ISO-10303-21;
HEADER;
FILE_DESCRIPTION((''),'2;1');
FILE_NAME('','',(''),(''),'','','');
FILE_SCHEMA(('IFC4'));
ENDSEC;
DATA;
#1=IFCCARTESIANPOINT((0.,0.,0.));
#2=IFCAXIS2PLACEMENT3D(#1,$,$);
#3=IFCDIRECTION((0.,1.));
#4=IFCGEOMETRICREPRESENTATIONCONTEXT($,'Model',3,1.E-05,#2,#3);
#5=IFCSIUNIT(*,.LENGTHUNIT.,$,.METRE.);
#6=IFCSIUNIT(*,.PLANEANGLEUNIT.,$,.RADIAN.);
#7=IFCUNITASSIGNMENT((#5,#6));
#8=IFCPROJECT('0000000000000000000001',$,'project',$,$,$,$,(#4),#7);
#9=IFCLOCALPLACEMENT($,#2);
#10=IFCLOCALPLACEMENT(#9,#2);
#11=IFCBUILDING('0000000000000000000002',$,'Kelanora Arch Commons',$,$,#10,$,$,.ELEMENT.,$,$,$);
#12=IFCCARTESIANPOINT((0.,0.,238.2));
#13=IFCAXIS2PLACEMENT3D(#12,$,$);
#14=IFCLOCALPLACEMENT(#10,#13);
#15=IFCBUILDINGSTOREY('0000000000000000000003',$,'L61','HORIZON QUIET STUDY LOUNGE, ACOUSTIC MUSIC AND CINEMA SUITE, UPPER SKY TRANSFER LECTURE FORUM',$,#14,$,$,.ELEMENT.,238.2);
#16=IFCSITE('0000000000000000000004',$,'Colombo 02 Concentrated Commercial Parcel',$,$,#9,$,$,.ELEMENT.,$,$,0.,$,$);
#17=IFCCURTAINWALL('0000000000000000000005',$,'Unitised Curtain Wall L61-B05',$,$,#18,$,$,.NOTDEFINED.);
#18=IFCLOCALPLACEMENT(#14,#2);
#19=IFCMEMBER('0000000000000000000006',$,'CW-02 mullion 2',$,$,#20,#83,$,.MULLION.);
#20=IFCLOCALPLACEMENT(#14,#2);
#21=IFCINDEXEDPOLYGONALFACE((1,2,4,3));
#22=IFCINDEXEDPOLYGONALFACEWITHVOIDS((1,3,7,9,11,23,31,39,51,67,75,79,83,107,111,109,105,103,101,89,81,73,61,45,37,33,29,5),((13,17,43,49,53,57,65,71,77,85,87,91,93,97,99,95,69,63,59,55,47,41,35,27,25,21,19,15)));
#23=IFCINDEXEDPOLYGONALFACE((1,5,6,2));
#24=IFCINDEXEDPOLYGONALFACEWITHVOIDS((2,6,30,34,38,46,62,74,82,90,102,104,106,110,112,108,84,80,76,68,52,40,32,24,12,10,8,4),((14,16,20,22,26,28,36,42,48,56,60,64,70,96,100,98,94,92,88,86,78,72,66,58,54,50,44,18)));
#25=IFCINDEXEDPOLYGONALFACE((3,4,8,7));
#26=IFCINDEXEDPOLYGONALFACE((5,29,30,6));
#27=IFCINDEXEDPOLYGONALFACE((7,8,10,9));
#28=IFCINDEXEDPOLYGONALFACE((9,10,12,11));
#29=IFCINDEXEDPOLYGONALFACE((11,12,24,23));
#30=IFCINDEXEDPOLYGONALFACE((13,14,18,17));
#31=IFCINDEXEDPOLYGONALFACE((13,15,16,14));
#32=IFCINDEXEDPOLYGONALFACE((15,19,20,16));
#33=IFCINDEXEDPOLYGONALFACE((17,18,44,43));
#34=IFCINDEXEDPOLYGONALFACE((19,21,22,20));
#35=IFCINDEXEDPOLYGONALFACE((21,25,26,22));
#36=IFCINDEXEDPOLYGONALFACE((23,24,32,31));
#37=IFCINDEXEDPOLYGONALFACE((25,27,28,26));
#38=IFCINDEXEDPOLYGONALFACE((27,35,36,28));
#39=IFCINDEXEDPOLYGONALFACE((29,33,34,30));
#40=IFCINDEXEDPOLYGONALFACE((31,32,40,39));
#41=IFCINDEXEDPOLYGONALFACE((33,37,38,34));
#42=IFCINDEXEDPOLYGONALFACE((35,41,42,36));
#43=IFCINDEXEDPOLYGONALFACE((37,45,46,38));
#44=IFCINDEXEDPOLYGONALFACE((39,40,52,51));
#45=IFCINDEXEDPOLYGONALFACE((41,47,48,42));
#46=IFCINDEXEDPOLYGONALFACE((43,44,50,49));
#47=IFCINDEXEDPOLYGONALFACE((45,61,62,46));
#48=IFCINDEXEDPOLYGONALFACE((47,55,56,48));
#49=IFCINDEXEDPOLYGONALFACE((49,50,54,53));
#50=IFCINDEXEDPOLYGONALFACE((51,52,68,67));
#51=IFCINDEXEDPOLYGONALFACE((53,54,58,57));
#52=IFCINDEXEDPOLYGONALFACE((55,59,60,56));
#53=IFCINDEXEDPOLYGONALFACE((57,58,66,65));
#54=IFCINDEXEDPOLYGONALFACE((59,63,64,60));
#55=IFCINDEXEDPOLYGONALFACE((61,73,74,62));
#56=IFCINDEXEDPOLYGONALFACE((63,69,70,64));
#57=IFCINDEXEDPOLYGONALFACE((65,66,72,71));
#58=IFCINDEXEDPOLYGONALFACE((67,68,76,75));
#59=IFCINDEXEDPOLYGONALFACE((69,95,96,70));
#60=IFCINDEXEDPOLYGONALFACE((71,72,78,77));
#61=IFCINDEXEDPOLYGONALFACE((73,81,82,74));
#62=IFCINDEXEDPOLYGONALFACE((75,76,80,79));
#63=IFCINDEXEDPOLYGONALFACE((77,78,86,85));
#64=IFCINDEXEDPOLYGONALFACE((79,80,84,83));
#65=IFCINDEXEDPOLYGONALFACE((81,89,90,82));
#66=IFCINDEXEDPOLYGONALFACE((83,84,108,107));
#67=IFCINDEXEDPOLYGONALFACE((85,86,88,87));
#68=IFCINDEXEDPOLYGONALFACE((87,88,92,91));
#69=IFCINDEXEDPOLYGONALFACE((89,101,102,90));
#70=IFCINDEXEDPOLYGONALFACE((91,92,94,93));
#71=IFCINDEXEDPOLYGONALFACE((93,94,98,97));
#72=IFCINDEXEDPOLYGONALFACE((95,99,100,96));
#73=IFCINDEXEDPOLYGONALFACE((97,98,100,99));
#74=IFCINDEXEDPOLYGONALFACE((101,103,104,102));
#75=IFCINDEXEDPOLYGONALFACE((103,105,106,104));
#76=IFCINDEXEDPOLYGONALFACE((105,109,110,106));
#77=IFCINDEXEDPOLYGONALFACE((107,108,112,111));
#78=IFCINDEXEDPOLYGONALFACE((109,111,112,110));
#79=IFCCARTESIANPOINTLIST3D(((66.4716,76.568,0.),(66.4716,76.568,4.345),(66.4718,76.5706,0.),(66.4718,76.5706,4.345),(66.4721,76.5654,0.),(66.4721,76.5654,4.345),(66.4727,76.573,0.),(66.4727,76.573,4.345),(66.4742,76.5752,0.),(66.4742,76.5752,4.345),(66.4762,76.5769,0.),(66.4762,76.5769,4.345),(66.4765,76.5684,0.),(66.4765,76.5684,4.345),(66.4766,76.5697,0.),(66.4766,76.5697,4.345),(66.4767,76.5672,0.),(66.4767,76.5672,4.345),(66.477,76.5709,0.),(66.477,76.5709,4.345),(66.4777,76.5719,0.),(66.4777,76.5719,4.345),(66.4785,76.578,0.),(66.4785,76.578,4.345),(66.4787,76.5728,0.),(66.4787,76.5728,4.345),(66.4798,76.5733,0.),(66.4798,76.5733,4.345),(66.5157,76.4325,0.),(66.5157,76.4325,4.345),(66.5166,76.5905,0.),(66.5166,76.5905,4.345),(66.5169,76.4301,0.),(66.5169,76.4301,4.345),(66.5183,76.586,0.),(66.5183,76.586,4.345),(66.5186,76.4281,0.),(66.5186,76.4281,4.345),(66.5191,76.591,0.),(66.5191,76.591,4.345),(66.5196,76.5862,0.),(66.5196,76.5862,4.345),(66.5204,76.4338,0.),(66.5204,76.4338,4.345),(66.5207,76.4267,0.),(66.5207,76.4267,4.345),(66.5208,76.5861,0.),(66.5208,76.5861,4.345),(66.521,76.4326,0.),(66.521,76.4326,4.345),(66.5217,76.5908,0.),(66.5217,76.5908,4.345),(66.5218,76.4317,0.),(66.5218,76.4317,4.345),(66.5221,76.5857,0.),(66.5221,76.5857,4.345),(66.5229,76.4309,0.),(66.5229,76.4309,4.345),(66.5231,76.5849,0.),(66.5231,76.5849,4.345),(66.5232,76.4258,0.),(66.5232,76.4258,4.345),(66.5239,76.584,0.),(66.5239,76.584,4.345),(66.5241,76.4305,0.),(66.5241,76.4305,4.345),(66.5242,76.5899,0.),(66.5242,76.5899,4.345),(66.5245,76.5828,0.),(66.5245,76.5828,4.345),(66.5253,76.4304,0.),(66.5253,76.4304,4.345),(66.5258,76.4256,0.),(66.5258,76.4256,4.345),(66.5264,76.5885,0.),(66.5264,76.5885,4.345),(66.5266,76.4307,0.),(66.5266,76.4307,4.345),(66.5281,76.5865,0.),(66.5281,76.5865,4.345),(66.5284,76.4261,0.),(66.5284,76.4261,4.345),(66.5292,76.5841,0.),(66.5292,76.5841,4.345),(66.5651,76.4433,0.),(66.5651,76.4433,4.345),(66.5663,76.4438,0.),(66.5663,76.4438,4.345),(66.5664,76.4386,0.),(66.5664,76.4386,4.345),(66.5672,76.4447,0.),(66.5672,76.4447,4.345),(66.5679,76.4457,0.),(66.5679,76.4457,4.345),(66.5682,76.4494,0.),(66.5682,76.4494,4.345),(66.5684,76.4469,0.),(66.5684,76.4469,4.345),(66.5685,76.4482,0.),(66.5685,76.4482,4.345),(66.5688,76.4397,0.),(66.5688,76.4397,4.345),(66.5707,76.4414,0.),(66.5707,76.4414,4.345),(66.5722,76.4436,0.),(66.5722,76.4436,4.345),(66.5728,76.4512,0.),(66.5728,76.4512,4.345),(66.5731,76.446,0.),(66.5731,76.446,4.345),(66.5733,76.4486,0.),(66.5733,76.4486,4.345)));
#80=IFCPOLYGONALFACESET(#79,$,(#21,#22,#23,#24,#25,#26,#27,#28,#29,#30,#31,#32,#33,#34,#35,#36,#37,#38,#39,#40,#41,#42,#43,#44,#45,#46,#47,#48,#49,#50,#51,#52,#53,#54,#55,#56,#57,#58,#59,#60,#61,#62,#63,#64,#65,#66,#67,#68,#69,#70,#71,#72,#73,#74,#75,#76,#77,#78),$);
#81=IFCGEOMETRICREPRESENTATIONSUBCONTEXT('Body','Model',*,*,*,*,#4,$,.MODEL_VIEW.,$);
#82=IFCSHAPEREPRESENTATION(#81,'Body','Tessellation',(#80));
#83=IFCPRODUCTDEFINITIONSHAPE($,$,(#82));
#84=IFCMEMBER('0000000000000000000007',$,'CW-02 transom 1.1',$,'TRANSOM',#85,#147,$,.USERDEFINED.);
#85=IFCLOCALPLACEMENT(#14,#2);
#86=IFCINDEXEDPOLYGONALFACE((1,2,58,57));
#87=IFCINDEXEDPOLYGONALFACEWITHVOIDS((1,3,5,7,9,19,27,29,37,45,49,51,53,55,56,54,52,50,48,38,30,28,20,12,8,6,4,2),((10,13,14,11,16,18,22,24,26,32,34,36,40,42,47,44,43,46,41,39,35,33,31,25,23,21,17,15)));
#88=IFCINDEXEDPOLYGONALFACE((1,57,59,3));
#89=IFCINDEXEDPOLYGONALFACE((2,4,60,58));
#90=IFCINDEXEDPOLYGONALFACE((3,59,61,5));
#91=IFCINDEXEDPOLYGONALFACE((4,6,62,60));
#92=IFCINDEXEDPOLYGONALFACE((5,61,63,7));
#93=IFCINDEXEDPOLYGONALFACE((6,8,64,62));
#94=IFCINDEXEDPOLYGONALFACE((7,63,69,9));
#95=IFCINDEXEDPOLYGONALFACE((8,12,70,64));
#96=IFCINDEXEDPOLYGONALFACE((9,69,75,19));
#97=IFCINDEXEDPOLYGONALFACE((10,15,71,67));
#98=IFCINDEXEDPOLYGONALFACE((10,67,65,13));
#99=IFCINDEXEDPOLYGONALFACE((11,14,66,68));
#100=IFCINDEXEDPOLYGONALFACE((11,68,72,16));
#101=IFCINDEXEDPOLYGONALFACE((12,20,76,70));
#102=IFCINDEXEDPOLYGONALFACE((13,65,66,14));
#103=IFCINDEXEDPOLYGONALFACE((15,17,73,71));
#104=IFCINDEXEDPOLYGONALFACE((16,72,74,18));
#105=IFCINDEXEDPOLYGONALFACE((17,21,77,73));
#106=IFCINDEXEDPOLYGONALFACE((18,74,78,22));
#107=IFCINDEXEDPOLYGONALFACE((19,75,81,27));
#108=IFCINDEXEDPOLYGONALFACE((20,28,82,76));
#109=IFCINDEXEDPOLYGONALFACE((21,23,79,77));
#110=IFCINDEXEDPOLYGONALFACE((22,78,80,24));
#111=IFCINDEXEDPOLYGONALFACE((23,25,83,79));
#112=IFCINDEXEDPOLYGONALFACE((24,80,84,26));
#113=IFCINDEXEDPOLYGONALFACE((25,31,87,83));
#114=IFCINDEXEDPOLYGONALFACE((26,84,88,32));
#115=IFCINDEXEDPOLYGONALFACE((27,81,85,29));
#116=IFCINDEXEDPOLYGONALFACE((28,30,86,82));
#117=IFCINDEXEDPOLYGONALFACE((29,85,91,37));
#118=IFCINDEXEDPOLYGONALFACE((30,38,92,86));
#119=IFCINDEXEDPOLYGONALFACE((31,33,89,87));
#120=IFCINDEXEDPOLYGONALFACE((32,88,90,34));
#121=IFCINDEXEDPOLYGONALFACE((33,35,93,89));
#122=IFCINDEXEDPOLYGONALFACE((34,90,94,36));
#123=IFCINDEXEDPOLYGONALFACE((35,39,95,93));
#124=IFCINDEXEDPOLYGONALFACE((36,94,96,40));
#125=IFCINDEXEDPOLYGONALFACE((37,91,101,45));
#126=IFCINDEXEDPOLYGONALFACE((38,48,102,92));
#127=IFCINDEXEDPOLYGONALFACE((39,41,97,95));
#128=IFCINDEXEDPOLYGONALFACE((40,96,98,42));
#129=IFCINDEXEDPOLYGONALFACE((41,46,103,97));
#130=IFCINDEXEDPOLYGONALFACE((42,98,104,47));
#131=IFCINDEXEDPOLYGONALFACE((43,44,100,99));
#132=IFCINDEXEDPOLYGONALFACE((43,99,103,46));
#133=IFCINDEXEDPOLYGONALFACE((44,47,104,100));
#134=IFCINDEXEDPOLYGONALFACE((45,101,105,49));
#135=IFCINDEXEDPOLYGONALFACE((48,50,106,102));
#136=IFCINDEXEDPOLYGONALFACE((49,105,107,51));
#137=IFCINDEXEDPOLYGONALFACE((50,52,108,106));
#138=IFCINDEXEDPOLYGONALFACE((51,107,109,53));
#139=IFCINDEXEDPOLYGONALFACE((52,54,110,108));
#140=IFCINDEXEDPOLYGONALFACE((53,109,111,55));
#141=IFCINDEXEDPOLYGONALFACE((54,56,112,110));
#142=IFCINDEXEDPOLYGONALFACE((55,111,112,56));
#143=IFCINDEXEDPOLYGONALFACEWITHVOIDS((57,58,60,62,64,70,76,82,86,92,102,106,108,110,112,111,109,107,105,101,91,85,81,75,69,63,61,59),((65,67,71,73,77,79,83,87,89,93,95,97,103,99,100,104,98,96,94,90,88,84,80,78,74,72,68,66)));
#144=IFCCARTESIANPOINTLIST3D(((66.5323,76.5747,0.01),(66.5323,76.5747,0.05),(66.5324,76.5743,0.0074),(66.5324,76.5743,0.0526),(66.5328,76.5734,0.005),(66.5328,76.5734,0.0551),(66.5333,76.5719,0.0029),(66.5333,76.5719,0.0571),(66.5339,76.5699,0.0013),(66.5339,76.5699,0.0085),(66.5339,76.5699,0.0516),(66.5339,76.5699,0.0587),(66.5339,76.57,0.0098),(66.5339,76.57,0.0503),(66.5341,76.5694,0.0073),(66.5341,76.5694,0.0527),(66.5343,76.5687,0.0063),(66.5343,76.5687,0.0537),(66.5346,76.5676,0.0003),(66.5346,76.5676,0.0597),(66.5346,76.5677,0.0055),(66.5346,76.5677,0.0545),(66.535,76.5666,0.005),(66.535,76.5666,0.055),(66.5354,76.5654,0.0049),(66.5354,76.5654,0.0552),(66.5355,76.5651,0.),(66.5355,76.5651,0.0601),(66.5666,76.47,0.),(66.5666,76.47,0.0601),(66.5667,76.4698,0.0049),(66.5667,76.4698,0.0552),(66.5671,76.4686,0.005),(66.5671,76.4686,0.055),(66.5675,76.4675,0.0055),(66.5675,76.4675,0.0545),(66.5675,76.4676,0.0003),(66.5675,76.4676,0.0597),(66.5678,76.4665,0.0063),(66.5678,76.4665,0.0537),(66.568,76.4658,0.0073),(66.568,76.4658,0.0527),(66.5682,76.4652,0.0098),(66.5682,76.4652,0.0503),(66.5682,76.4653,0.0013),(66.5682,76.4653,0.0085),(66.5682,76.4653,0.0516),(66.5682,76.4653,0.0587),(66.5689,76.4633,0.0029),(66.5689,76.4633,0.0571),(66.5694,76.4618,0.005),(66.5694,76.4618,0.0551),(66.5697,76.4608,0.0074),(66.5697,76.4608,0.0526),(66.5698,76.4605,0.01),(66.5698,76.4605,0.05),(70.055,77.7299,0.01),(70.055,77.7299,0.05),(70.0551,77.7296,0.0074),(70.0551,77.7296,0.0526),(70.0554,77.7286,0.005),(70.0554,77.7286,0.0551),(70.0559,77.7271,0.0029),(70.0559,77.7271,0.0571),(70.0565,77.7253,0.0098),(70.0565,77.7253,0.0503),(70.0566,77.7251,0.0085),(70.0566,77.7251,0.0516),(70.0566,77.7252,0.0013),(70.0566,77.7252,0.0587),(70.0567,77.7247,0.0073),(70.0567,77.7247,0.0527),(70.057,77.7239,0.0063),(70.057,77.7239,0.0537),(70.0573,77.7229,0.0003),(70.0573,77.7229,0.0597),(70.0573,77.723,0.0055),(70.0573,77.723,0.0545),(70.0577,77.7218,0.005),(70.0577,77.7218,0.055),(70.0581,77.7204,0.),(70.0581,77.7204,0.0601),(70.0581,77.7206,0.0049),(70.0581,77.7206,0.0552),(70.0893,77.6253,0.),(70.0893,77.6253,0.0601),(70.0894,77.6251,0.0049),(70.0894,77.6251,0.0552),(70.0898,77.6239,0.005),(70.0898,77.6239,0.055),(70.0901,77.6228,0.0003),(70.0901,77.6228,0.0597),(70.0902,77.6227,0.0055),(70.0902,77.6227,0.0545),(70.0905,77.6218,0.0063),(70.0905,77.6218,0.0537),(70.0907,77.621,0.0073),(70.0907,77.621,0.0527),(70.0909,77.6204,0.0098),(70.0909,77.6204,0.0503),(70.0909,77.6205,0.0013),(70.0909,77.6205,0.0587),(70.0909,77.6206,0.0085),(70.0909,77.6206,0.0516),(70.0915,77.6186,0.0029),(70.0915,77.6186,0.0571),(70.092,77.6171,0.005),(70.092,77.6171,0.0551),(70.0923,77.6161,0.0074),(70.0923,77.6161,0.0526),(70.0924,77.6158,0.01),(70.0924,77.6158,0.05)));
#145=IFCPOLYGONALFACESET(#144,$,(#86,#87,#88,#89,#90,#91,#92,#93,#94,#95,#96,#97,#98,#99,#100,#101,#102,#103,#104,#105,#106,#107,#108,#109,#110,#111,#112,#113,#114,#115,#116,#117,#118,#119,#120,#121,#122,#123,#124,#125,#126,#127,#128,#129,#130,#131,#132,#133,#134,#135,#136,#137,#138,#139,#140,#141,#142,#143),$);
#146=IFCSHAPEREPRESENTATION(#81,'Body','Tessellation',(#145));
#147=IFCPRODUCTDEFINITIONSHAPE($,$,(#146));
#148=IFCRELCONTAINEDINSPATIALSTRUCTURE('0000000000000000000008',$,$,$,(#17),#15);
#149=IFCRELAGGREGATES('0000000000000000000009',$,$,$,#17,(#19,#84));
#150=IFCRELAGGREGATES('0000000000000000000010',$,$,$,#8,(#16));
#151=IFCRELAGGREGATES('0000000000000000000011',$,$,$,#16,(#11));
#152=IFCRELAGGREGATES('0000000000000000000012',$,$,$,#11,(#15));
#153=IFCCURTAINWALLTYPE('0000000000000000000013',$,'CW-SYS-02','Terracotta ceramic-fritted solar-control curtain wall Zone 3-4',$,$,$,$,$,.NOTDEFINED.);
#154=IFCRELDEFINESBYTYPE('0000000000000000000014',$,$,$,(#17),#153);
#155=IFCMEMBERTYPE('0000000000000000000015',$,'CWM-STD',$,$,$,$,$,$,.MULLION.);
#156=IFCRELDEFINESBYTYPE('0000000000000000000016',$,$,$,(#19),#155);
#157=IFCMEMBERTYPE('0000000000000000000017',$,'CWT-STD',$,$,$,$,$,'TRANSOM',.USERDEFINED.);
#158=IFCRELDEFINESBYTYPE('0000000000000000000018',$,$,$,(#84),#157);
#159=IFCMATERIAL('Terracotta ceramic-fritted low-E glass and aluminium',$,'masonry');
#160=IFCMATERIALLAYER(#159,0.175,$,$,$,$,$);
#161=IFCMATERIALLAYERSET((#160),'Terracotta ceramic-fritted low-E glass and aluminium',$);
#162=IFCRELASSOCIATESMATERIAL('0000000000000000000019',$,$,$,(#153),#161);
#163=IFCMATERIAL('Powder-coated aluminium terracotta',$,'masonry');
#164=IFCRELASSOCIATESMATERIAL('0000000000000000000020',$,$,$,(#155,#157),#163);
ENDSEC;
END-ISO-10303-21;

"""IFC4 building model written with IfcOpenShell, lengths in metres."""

from ifc_helpers import new_model, si_unit, direction, frame, origin, origin_2d, place, context, subcontext, project, spatial, hollow_rectangle, extrude, material, layer, layer_set, material_profile, profile_set, type_object, element, aggregate, save


model = new_model("IFC4")

# Units and contexts
model_context = context("Model", 3, precision=1e-05, world=origin(), true_north=direction((0.0, 1.0)))
body_context = subcontext(model_context, "Body", "Model", "MODEL_VIEW")
ifc_project = project(units=[si_unit("LENGTHUNIT", "METRE"), si_unit("PLANEANGLEUNIT", "RADIAN")], contexts=[model_context])

# Site, building, storey
site_placement = place(None, origin())
site = spatial("IfcSite", under=ifc_project, at=site_placement, Name="Colombo 02 Concentrated Commercial Parcel", CompositionType="ELEMENT", RefElevation=0.0)
building_placement = place(site_placement, origin())
building = spatial("IfcBuilding", under=site, at=building_placement, Name="Kelanora Arch Commons", CompositionType="ELEMENT")
storey_placement = place(building_placement, frame((0.0, 0.0, 238.2)))
storey = spatial("IfcBuildingStorey", under=building, at=storey_placement, Name="L61", Description="HORIZON QUIET STUDY LOUNGE, ACOUSTIC MUSIC AND CINEMA SUITE, UPPER SKY TRANSFER LECTURE FORUM", CompositionType="ELEMENT", Elevation=238.2)

# Curtain wall, members
ifc_material_1 = material(Name="Terracotta ceramic-fritted low-E glass and aluminium", Category="masonry")
ifc_layer_1 = layer(ifc_material_1, 0.175)
ifc_layer_set_1 = layer_set([ifc_layer_1], Name="Terracotta ceramic-fritted low-E glass and aluminium")
curtain_wall_type = type_object("IfcCurtainWallType", Name="CW-SYS-02", Description="Terracotta ceramic-fritted solar-control curtain wall Zone 3-4", PredefinedType="NOTDEFINED", material=ifc_layer_set_1)
curtain_wall_placement = place(storey_placement, origin())
curtain_wall = element("IfcCurtainWall", 1, at=curtain_wall_placement, inside=storey, type_object=curtain_wall_type, Name="Unitised Curtain Wall L61-B05", PredefinedType="NOTDEFINED")
ifc_material_2 = material(Name="Powder-coated aluminium terracotta", Category="masonry")
ifc_material_profile_1 = material_profile(ifc_material_2, hollow_rectangle(XDim=0.1599, YDim=0.0601, WallThickness=0.0049, InnerFilletRadius=0.0049, OuterFilletRadius=0.01, at=origin_2d()), Name="CWM160x60")
ifc_profile_set_1 = profile_set([ifc_material_profile_1], Name="Powder-coated aluminium terracotta")
member_type_1 = type_object("IfcMemberType", Name="CWM-STD", PredefinedType="MULLION", material=ifc_profile_set_1)
member_1_placement = place(storey_placement, frame((66.5225, 76.5083, 0.0), z_axis=(0.0, 0.0, 1.0), x_axis=(0.311582, -0.950219, 0.0)))
member_1 = element("IfcMember", 2, at=member_1_placement, type_object=member_type_1, Name="CW-02 mullion 2", PredefinedType="MULLION", context=body_context, shape_type="SweptSolid", body=[
    extrude(hollow_rectangle(XDim=0.1599, YDim=0.0601, WallThickness=0.0049, InnerFilletRadius=0.0049, OuterFilletRadius=0.01, at=origin_2d()), origin(), (0.0, 0.0, 1.0), 4.345),
])
ifc_material_profile_2 = material_profile(ifc_material_2, hollow_rectangle(XDim=0.1201, YDim=0.0601, WallThickness=0.0049, InnerFilletRadius=0.0049, OuterFilletRadius=0.01, at=origin_2d()), Name="CWT120x60")
ifc_profile_set_2 = profile_set([ifc_material_profile_2], Name="Powder-coated aluminium terracotta")
member_type_2 = type_object("IfcMemberType", Name="CWT-STD", ElementType="TRANSOM", PredefinedType="USERDEFINED", material=ifc_profile_set_2)
member_2_placement = place(storey_placement, frame((70.0737, 77.6729, 0.03), z_axis=(-0.950207, -0.311621, 0.0), x_axis=(0.311621, -0.950207, 0.0)))
member_2 = element("IfcMember", 3, at=member_2_placement, type_object=member_type_2, Name="CW-02 transom 1.1", ObjectType="TRANSOM", PredefinedType="USERDEFINED", context=body_context, shape_type="SweptSolid", body=[
    extrude(hollow_rectangle(XDim=0.1201, YDim=0.0601, WallThickness=0.0049, InnerFilletRadius=0.0049, OuterFilletRadius=0.01, at=origin_2d()), origin(), (0.0, 0.0, 1.0), 3.7073),
])
aggregate(curtain_wall, [member_1, member_2])

save(model, "model.ifc")
